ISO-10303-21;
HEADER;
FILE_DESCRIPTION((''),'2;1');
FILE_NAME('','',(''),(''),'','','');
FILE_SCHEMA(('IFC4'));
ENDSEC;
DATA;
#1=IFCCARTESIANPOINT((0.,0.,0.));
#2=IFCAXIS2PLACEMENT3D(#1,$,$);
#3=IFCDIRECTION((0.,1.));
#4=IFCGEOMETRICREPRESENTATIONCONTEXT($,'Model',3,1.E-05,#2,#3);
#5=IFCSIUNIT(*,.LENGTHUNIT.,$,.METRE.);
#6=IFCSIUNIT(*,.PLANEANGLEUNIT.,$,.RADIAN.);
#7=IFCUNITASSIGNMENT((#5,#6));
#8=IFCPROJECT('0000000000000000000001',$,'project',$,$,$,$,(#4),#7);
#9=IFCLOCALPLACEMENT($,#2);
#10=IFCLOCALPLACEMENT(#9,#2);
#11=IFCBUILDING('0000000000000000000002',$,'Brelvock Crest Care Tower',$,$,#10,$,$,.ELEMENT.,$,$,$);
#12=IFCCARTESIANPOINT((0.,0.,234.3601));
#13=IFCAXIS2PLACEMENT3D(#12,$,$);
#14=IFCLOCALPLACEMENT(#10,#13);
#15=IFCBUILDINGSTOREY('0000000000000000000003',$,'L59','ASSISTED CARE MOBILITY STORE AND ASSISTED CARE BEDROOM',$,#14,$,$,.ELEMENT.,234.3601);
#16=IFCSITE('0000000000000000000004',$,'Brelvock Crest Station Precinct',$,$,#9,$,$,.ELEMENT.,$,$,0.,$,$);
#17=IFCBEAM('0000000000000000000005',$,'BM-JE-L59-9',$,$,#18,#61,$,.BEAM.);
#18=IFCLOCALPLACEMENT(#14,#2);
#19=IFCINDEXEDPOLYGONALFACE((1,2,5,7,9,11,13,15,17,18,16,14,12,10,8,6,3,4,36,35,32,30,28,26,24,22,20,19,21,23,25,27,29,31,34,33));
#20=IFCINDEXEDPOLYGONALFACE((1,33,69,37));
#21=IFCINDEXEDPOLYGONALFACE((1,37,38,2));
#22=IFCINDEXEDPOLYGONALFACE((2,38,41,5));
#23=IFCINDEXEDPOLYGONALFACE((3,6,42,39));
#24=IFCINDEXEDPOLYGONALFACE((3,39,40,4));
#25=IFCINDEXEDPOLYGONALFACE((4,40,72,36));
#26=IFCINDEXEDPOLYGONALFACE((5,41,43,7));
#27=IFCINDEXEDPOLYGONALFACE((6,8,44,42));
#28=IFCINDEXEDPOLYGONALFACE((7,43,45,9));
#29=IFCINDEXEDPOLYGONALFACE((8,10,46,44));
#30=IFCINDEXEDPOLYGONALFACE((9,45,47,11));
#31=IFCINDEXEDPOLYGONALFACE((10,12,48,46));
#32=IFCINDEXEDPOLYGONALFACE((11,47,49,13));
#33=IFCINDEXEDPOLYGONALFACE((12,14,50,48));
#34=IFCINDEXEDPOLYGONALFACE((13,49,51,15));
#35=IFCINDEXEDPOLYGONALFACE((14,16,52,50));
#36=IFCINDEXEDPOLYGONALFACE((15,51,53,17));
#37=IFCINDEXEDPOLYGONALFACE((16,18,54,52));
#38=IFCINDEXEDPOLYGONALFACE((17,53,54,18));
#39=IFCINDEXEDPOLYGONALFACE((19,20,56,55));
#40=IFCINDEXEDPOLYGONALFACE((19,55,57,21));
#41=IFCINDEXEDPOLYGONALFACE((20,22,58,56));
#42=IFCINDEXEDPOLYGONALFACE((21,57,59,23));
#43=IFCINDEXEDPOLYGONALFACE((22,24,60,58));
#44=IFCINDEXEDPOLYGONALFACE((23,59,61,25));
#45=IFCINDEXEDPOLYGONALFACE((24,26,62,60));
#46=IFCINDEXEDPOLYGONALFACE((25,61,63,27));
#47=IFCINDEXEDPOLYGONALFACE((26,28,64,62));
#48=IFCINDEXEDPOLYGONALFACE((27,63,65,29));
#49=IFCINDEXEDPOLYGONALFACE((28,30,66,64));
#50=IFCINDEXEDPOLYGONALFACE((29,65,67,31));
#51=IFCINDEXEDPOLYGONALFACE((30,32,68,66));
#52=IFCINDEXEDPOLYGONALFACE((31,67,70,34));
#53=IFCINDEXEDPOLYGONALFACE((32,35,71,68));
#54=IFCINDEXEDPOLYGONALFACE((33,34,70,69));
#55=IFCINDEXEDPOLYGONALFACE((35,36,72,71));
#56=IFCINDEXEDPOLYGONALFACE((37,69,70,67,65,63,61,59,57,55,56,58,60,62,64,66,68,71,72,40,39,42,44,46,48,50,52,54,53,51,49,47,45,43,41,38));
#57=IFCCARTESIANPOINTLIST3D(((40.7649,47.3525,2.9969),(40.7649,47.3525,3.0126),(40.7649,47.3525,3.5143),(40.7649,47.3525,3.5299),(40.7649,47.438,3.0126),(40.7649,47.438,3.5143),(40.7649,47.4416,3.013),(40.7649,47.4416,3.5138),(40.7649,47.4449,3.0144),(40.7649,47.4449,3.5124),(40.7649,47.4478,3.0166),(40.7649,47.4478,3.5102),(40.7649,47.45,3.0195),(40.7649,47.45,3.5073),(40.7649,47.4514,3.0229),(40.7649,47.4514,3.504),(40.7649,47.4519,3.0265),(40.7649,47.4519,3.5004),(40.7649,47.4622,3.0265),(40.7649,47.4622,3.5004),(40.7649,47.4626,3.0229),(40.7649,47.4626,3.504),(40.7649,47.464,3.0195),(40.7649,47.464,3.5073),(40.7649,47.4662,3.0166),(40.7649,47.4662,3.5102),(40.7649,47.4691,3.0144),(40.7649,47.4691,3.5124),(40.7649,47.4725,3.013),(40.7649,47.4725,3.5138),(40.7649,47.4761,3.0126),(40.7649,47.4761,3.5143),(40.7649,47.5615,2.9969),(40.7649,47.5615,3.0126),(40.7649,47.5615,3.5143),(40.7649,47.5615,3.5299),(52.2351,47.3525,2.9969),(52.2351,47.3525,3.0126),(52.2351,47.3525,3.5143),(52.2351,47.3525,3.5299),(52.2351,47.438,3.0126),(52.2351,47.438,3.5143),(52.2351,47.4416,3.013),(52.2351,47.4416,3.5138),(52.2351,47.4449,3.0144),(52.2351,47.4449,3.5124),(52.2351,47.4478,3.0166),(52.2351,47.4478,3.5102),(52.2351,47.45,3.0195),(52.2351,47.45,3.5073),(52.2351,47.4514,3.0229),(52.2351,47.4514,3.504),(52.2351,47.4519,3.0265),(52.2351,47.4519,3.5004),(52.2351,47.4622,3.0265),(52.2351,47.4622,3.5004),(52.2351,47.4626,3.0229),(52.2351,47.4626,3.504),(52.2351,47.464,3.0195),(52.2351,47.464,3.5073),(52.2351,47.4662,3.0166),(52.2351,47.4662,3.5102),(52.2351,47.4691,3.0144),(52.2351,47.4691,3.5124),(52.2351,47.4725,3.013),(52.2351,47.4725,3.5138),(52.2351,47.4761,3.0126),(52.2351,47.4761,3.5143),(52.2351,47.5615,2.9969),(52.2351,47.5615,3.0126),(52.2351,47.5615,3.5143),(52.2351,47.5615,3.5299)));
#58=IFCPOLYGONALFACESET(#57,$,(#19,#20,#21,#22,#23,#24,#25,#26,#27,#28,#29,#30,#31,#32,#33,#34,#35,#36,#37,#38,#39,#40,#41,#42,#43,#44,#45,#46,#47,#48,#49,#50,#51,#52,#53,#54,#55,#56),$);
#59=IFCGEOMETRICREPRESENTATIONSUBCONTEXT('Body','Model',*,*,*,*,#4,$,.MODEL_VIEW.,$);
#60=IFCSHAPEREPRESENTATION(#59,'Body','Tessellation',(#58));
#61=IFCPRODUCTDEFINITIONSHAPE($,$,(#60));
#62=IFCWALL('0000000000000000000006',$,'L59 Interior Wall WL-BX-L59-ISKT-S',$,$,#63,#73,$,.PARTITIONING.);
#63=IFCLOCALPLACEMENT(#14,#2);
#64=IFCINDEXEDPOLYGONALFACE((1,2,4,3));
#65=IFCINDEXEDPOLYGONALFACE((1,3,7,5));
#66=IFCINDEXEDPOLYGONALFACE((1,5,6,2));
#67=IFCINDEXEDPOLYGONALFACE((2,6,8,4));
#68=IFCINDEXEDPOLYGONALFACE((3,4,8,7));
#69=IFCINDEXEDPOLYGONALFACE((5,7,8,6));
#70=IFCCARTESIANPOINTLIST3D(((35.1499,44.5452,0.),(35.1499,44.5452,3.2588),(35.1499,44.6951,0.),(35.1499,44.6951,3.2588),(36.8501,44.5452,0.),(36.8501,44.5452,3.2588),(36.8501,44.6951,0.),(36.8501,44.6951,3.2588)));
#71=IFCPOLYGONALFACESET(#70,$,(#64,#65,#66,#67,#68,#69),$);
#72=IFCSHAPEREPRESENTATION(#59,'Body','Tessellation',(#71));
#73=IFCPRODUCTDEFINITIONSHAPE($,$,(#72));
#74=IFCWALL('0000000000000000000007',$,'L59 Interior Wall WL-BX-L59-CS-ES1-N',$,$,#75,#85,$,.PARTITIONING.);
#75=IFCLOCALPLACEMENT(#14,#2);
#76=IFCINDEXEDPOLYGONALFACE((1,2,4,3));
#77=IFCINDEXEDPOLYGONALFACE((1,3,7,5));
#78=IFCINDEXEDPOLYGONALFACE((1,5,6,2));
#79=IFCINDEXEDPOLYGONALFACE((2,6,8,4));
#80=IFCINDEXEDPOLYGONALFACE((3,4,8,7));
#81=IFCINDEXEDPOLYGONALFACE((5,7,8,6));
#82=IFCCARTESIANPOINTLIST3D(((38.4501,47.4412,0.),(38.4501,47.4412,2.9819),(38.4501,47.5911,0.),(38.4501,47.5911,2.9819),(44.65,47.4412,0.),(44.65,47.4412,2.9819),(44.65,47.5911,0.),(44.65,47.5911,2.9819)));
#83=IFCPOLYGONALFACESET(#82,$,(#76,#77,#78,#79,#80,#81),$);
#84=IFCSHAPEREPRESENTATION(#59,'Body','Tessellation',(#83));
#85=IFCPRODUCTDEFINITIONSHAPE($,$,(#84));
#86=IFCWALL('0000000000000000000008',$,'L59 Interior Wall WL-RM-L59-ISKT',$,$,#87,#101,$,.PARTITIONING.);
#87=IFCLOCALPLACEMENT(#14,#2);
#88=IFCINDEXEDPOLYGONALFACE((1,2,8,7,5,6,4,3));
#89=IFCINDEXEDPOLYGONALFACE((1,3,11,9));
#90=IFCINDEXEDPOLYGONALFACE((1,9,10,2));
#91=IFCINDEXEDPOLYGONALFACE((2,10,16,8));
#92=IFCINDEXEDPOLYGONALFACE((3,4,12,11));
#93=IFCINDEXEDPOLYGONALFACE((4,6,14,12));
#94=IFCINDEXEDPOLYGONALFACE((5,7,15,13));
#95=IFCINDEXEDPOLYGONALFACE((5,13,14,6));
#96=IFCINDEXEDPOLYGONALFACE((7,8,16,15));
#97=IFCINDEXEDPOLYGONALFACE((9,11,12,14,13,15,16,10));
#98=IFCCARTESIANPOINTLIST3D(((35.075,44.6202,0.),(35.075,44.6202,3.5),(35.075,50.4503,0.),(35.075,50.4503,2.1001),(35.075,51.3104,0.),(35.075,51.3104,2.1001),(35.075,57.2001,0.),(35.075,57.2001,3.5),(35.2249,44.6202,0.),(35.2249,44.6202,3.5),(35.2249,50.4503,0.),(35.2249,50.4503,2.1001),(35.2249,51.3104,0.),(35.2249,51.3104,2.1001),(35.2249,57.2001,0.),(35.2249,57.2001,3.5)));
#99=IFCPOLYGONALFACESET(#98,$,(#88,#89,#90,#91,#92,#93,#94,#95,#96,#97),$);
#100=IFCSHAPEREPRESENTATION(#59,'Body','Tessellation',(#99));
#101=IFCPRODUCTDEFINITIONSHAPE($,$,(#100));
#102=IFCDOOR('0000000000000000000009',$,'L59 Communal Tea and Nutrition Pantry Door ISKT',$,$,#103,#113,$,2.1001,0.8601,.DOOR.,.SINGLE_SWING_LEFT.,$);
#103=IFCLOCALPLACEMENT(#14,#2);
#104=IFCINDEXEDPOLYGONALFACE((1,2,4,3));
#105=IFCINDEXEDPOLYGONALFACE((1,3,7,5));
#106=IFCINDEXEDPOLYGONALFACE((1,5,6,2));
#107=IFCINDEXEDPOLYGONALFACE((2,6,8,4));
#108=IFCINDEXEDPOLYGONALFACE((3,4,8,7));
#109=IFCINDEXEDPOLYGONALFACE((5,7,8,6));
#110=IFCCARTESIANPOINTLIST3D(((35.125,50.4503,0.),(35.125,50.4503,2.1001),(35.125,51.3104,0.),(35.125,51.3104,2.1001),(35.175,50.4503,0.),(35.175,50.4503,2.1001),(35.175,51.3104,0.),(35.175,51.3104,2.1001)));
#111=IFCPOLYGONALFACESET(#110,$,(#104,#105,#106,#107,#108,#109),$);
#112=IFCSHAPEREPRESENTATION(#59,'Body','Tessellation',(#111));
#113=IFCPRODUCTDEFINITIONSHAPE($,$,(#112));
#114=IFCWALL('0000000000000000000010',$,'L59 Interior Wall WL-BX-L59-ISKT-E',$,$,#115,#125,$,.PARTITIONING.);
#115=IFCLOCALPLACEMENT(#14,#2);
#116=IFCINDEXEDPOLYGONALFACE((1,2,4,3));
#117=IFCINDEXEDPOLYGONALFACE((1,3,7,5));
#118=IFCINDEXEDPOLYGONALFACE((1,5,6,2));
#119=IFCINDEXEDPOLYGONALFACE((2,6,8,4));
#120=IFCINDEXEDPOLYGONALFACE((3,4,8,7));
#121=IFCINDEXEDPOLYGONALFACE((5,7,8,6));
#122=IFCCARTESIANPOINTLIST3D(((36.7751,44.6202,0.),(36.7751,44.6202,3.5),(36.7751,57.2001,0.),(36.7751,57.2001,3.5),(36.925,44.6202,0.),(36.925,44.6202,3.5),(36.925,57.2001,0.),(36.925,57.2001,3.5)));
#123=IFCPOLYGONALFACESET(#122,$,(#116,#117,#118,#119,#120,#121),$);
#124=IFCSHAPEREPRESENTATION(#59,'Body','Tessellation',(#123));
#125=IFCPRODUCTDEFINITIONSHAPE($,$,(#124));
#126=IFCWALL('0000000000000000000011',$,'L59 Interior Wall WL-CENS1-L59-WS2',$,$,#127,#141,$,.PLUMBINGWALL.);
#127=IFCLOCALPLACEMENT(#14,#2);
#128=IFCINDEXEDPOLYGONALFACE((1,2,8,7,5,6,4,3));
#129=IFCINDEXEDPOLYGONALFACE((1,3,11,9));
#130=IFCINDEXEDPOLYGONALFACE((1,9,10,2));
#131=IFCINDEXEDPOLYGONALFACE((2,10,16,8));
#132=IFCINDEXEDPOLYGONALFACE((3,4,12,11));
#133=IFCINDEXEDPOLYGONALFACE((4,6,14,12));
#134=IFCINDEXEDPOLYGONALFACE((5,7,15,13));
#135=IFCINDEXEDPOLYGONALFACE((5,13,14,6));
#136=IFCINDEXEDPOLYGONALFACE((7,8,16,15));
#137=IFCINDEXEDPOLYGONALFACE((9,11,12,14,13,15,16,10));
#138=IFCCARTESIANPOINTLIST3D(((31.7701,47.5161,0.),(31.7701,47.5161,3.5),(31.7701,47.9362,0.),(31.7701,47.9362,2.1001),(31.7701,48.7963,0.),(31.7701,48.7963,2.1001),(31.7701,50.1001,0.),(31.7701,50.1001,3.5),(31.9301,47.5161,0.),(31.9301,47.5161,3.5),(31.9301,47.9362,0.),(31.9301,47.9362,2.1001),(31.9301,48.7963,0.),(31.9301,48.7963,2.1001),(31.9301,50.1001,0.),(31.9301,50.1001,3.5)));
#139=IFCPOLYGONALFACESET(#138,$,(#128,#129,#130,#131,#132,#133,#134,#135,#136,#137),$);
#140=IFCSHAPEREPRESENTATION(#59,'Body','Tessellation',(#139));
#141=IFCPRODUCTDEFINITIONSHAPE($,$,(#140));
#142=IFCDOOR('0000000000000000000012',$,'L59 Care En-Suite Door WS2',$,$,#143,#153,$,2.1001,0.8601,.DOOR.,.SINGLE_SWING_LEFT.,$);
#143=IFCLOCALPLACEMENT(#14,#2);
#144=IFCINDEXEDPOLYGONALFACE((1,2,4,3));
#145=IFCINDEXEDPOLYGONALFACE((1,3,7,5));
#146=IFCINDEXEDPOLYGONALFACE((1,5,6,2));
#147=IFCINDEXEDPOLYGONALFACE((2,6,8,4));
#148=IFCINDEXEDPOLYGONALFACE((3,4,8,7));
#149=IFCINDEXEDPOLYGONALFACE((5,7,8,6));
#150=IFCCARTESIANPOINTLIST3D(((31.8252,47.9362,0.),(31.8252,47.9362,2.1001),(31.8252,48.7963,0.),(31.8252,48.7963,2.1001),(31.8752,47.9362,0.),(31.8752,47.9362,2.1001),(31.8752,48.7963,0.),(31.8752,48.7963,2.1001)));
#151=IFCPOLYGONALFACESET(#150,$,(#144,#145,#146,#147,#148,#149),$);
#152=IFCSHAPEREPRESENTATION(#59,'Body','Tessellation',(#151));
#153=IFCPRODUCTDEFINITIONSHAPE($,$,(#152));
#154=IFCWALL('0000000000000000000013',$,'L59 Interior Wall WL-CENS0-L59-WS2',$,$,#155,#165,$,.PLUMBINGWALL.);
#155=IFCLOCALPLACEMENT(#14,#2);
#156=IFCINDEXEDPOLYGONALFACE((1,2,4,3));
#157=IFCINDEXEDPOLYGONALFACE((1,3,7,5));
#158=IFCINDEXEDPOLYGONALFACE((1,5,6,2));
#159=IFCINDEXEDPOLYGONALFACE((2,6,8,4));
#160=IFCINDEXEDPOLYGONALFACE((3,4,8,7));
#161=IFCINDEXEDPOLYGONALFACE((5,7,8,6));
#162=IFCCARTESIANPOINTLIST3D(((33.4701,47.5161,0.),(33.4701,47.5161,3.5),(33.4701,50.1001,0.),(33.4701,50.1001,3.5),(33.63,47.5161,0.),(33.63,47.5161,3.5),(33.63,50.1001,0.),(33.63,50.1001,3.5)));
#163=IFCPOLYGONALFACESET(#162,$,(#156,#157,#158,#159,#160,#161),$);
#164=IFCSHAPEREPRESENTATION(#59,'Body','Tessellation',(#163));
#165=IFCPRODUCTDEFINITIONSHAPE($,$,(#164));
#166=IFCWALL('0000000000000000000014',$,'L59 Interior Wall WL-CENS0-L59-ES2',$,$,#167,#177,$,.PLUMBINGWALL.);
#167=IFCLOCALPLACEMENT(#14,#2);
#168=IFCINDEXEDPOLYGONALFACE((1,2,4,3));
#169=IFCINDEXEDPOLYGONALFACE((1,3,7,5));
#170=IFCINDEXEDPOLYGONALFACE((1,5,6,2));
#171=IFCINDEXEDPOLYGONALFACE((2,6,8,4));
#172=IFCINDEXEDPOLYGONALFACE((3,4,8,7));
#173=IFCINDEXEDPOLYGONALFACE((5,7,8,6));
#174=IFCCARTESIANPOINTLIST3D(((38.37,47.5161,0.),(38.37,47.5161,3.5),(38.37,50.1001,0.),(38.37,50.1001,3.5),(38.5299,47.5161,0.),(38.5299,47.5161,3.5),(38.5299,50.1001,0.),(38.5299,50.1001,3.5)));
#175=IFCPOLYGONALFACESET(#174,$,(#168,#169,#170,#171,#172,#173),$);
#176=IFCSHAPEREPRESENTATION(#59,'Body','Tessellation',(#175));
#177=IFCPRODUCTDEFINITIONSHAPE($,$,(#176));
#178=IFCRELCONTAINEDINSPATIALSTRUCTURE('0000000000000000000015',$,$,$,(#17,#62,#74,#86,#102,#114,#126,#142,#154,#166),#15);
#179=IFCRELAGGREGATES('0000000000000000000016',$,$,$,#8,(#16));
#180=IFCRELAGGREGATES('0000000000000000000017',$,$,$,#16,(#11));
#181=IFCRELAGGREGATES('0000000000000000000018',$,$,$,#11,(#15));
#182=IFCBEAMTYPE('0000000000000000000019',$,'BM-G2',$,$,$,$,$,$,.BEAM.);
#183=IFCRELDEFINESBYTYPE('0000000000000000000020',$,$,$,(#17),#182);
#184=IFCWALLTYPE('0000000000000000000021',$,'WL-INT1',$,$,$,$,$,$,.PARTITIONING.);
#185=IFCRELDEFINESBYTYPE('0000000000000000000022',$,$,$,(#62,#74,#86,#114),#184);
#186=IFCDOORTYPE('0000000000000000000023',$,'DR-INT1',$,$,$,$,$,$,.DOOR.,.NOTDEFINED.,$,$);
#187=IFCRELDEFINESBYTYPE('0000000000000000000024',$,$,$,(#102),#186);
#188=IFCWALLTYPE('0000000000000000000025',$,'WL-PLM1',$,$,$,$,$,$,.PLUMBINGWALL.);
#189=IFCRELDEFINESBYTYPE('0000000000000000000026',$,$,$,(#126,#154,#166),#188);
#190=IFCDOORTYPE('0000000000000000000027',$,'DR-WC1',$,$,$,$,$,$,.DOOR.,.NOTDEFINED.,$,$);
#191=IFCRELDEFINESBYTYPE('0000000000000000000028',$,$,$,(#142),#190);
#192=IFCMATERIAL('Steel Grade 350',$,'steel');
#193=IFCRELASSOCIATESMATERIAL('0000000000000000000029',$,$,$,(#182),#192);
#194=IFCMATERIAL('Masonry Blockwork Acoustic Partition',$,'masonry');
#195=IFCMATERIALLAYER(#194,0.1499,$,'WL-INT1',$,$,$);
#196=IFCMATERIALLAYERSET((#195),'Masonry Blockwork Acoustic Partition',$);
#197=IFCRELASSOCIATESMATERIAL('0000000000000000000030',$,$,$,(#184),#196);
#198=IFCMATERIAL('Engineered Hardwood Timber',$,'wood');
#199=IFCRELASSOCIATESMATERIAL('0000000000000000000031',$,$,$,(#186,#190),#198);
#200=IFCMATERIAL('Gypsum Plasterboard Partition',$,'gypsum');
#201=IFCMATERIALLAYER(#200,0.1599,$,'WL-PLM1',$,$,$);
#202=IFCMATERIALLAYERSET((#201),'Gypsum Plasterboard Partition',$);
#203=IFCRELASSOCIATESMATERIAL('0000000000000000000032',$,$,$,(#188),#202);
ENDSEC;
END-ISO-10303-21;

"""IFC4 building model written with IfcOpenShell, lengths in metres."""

from ifc_helpers import new_model, si_unit, direction, frame, frame_2d, origin, origin_2d, place, context, subcontext, project, spatial, rectangle, i_section, extrude, source, transform, mapped, material, layer, layer_set, material_profile, profile_set, type_object, element, fill, save


model = new_model("IFC4")

# Units and contexts
model_context = context("Model", 3, precision=1e-05, world=origin(), true_north=direction((0.0, 1.0)))
body_context = subcontext(model_context, "Body", "Model", "MODEL_VIEW")
ifc_project = project(units=[si_unit("LENGTHUNIT", "METRE"), si_unit("PLANEANGLEUNIT", "RADIAN")], contexts=[model_context])

# Site, building, storey
site_placement = place(None, origin())
site = spatial("IfcSite", under=ifc_project, at=site_placement, Name="Brelvock Crest Station Precinct", CompositionType="ELEMENT", RefElevation=0.0)
building_placement = place(site_placement, origin())
building = spatial("IfcBuilding", under=site, at=building_placement, Name="Brelvock Crest Care Tower", CompositionType="ELEMENT")
storey_placement = place(building_placement, frame((0.0, 0.0, 234.3601)))
storey = spatial("IfcBuildingStorey", under=building, at=storey_placement, Name="L59", Description="ASSISTED CARE MOBILITY STORE AND ASSISTED CARE BEDROOM", CompositionType="ELEMENT", Elevation=234.3601)

# Beam
ifc_material_1 = material(Name="Steel Grade 350", Category="steel")
ifc_material_profile_1 = material_profile(ifc_material_1, i_section(OverallWidth=0.209, OverallDepth=0.533, WebThickness=0.0103, FlangeThickness=0.0156, FilletRadius=0.0139, at=origin_2d()), Name="530UB92.4")
ifc_profile_set_1 = profile_set([ifc_material_profile_1], Name="Steel Grade 350")
beam_type_1 = type_object("IfcBeamType", Name="BM-G2", PredefinedType="BEAM", material=ifc_profile_set_1)
shared_shape_1 = source(origin(), body_context, "Body", "SweptSolid", [
    extrude(i_section(OverallWidth=0.209, OverallDepth=0.533, WebThickness=0.0103, FlangeThickness=0.0156, FilletRadius=0.0139, at=origin_2d()), origin(), (0.0, 0.0, 1.0), 11.4702),
])
for number, where, z_axis, x_axis, name in (
    (1, (40.7649, 47.457, 3.2634), (1.0, 0.0, 0.0), (0.0, 1.0, 0.0), "BM-JE-L59-9"),
):
    element("IfcBeam", number, at=place(storey_placement, frame(where, z_axis=z_axis, x_axis=x_axis)), inside=storey, type_object=beam_type_1, Name=name, PredefinedType="BEAM", context=body_context, shape_type="MappedRepresentation", body=[
        mapped(shared_shape_1, transform((0.0, 0.0, 0.0), x_axis=(1.0, 0.0, 0.0), y_axis=(0.0, 1.0, 0.0), z_axis=(0.0, 0.0, 1.0), scale=1.0)),
    ])

# Walls
ifc_material_2 = material(Name="Masonry Blockwork Acoustic Partition", Category="masonry")
ifc_layer_1 = layer(ifc_material_2, 0.1499, Name="WL-INT1")
ifc_layer_set_1 = layer_set([ifc_layer_1], Name="Masonry Blockwork Acoustic Partition")
wall_type_1 = type_object("IfcWallType", Name="WL-INT1", PredefinedType="PARTITIONING", material=ifc_layer_set_1)
wall_1_placement = place(storey_placement, frame((35.1499, 44.6201, 0.0), z_axis=(0.0, 0.0, 1.0), x_axis=(1.0, 0.0, 0.0)))
element("IfcWall", 2, at=wall_1_placement, inside=storey, type_object=wall_type_1, Name="L59 Interior Wall WL-BX-L59-ISKT-S", PredefinedType="PARTITIONING", context=body_context, shape_type="SweptSolid", body=[
    extrude(rectangle(XDim=1.7002, YDim=0.1499, at=frame_2d((0.8501, 0.0))), origin(), (0.0, 0.0, 1.0), 3.2588),
])
wall_2_placement = place(storey_placement, frame((38.45, 47.5161, 0.0), z_axis=(0.0, 0.0, 1.0), x_axis=(1.0, 0.0, 0.0)))
element("IfcWall", 3, at=wall_2_placement, inside=storey, type_object=wall_type_1, Name="L59 Interior Wall WL-BX-L59-CS-ES1-N", PredefinedType="PARTITIONING", context=body_context, shape_type="SweptSolid", body=[
    extrude(rectangle(XDim=6.2, YDim=0.1499, at=frame_2d((3.1001, 0.0))), origin(), (0.0, 0.0, 1.0), 2.9819),
])

# Wall, opening, door
wall_3_placement = place(storey_placement, frame((35.1499, 44.6201, 0.0), z_axis=(0.0, 0.0, 1.0), x_axis=(0.0, 1.0, 0.0)))
wall_3 = element("IfcWall", 4, at=wall_3_placement, inside=storey, type_object=wall_type_1, Name="L59 Interior Wall WL-RM-L59-ISKT", PredefinedType="PARTITIONING", context=body_context, shape_type="SweptSolid", body=[
    extrude(rectangle(XDim=12.5798, YDim=0.1499, at=frame_2d((6.29, 0.0))), origin(), (0.0, 0.0, 1.0), 3.5),
])
opening_1_placement = place(wall_3_placement, frame((5.8301, 0.0, 0.0)))
opening_1 = element("IfcOpeningElement", 5, at=opening_1_placement, cuts=wall_3, PredefinedType="OPENING", context=body_context, shape_type="SweptSolid", body=[
    extrude(rectangle(XDim=0.8601, YDim=2.1001, at=origin_2d()), frame((0.4302, 0.085, 1.05), z_axis=(0.0, -1.0, 0.0), x_axis=(1.0, 0.0, 0.0)), (0.0, 0.0, 1.0), 0.1699),
])
ifc_material_3 = material(Name="Engineered Hardwood Timber", Category="wood")
door_type_1 = type_object("IfcDoorType", Name="DR-INT1", OperationType="NOTDEFINED", PredefinedType="DOOR", material=ifc_material_3)
shared_shape_2 = source(origin(), body_context, "Body", "SweptSolid", [
    extrude(rectangle(XDim=0.8601, YDim=2.1001, at=origin_2d()), frame((0.4302, 0.0249, 1.05), z_axis=(0.0, -1.0, 0.0), x_axis=(1.0, 0.0, 0.0)), (0.0, 0.0, 1.0), 0.05),
])
door_1_placement = place(opening_1_placement, origin())
door_1 = element("IfcDoor", 6, at=door_1_placement, inside=storey, type_object=door_type_1, Name="L59 Communal Tea and Nutrition Pantry Door ISKT", OperationType="SINGLE_SWING_LEFT", OverallHeight=2.1001, OverallWidth=0.8601, PredefinedType="DOOR", context=body_context, shape_type="MappedRepresentation", body=[
    mapped(shared_shape_2, transform((0.0, 0.0, 0.0), x_axis=(1.0, 0.0, 0.0), y_axis=(0.0, 1.0, 0.0), z_axis=(0.0, 0.0, 1.0), scale=1.0)),
])
fill(opening_1, door_1)

# Wall
wall_4_placement = place(storey_placement, frame((36.8501, 44.6201, 0.0), z_axis=(0.0, 0.0, 1.0), x_axis=(0.0, 1.0, 0.0)))
element("IfcWall", 7, at=wall_4_placement, inside=storey, type_object=wall_type_1, Name="L59 Interior Wall WL-BX-L59-ISKT-E", PredefinedType="PARTITIONING", context=body_context, shape_type="SweptSolid", body=[
    extrude(rectangle(XDim=12.5798, YDim=0.1499, at=frame_2d((6.29, 0.0))), origin(), (0.0, 0.0, 1.0), 3.5),
])

# Wall, opening, door
ifc_material_4 = material(Name="Gypsum Plasterboard Partition", Category="gypsum")
ifc_layer_2 = layer(ifc_material_4, 0.1599, Name="WL-PLM1")
ifc_layer_set_2 = layer_set([ifc_layer_2], Name="Gypsum Plasterboard Partition")
wall_type_2 = type_object("IfcWallType", Name="WL-PLM1", PredefinedType="PLUMBINGWALL", material=ifc_layer_set_2)
wall_5_placement = place(storey_placement, frame((31.8501, 47.5161, 0.0), z_axis=(0.0, 0.0, 1.0), x_axis=(0.0, 1.0, 0.0)))
wall_5 = element("IfcWall", 8, at=wall_5_placement, inside=storey, type_object=wall_type_2, Name="L59 Interior Wall WL-CENS1-L59-WS2", PredefinedType="PLUMBINGWALL", context=body_context, shape_type="SweptSolid", body=[
    extrude(rectangle(XDim=2.584, YDim=0.1599, at=frame_2d((1.292, 0.0))), origin(), (0.0, 0.0, 1.0), 3.5),
])
opening_2_placement = place(wall_5_placement, frame((0.4199, 0.0, 0.0)))
opening_2 = element("IfcOpeningElement", 9, at=opening_2_placement, cuts=wall_5, PredefinedType="OPENING", context=body_context, shape_type="SweptSolid", body=[
    extrude(rectangle(XDim=0.8601, YDim=2.1001, at=origin_2d()), frame((0.4302, 0.0898, 1.05), z_axis=(0.0, -1.0, 0.0), x_axis=(1.0, 0.0, 0.0)), (0.0, 0.0, 1.0), 0.1799),
])
door_type_2 = type_object("IfcDoorType", Name="DR-WC1", OperationType="NOTDEFINED", PredefinedType="DOOR", material=ifc_material_3)
shared_shape_3 = source(origin(), body_context, "Body", "SweptSolid", [
    extrude(rectangle(XDim=0.8601, YDim=2.1001, at=origin_2d()), frame((0.4302, 0.0249, 1.05), z_axis=(0.0, -1.0, 0.0), x_axis=(1.0, 0.0, 0.0)), (0.0, 0.0, 1.0), 0.05),
])
door_2_placement = place(opening_2_placement, origin())
door_2 = element("IfcDoor", 10, at=door_2_placement, inside=storey, type_object=door_type_2, Name="L59 Care En-Suite Door WS2", OperationType="SINGLE_SWING_LEFT", OverallHeight=2.1001, OverallWidth=0.8601, PredefinedType="DOOR", context=body_context, shape_type="MappedRepresentation", body=[
    mapped(shared_shape_3, transform((0.0, 0.0, 0.0), x_axis=(1.0, 0.0, 0.0), y_axis=(0.0, 1.0, 0.0), z_axis=(0.0, 0.0, 1.0), scale=1.0)),
])
fill(opening_2, door_2)

# Walls
for number, where, z_axis, x_axis, name in (
    (11, (33.55, 47.5161, 0.0), (0.0, 0.0, 1.0), (0.0, 1.0, 0.0), "L59 Interior Wall WL-CENS0-L59-WS2"),
    (12, (38.45, 47.5161, 0.0), (0.0, 0.0, 1.0), (0.0, 1.0, 0.0), "L59 Interior Wall WL-CENS0-L59-ES2"),
):
    element("IfcWall", number, at=place(storey_placement, frame(where, z_axis=z_axis, x_axis=x_axis)), inside=storey, type_object=wall_type_2, Name=name, PredefinedType="PLUMBINGWALL", context=body_context, shape_type="SweptSolid", body=[
        extrude(rectangle(XDim=2.584, YDim=0.1599, at=frame_2d((1.292, 0.0))), origin(), (0.0, 0.0, 1.0), 3.5),
    ])

save(model, "model.ifc")
